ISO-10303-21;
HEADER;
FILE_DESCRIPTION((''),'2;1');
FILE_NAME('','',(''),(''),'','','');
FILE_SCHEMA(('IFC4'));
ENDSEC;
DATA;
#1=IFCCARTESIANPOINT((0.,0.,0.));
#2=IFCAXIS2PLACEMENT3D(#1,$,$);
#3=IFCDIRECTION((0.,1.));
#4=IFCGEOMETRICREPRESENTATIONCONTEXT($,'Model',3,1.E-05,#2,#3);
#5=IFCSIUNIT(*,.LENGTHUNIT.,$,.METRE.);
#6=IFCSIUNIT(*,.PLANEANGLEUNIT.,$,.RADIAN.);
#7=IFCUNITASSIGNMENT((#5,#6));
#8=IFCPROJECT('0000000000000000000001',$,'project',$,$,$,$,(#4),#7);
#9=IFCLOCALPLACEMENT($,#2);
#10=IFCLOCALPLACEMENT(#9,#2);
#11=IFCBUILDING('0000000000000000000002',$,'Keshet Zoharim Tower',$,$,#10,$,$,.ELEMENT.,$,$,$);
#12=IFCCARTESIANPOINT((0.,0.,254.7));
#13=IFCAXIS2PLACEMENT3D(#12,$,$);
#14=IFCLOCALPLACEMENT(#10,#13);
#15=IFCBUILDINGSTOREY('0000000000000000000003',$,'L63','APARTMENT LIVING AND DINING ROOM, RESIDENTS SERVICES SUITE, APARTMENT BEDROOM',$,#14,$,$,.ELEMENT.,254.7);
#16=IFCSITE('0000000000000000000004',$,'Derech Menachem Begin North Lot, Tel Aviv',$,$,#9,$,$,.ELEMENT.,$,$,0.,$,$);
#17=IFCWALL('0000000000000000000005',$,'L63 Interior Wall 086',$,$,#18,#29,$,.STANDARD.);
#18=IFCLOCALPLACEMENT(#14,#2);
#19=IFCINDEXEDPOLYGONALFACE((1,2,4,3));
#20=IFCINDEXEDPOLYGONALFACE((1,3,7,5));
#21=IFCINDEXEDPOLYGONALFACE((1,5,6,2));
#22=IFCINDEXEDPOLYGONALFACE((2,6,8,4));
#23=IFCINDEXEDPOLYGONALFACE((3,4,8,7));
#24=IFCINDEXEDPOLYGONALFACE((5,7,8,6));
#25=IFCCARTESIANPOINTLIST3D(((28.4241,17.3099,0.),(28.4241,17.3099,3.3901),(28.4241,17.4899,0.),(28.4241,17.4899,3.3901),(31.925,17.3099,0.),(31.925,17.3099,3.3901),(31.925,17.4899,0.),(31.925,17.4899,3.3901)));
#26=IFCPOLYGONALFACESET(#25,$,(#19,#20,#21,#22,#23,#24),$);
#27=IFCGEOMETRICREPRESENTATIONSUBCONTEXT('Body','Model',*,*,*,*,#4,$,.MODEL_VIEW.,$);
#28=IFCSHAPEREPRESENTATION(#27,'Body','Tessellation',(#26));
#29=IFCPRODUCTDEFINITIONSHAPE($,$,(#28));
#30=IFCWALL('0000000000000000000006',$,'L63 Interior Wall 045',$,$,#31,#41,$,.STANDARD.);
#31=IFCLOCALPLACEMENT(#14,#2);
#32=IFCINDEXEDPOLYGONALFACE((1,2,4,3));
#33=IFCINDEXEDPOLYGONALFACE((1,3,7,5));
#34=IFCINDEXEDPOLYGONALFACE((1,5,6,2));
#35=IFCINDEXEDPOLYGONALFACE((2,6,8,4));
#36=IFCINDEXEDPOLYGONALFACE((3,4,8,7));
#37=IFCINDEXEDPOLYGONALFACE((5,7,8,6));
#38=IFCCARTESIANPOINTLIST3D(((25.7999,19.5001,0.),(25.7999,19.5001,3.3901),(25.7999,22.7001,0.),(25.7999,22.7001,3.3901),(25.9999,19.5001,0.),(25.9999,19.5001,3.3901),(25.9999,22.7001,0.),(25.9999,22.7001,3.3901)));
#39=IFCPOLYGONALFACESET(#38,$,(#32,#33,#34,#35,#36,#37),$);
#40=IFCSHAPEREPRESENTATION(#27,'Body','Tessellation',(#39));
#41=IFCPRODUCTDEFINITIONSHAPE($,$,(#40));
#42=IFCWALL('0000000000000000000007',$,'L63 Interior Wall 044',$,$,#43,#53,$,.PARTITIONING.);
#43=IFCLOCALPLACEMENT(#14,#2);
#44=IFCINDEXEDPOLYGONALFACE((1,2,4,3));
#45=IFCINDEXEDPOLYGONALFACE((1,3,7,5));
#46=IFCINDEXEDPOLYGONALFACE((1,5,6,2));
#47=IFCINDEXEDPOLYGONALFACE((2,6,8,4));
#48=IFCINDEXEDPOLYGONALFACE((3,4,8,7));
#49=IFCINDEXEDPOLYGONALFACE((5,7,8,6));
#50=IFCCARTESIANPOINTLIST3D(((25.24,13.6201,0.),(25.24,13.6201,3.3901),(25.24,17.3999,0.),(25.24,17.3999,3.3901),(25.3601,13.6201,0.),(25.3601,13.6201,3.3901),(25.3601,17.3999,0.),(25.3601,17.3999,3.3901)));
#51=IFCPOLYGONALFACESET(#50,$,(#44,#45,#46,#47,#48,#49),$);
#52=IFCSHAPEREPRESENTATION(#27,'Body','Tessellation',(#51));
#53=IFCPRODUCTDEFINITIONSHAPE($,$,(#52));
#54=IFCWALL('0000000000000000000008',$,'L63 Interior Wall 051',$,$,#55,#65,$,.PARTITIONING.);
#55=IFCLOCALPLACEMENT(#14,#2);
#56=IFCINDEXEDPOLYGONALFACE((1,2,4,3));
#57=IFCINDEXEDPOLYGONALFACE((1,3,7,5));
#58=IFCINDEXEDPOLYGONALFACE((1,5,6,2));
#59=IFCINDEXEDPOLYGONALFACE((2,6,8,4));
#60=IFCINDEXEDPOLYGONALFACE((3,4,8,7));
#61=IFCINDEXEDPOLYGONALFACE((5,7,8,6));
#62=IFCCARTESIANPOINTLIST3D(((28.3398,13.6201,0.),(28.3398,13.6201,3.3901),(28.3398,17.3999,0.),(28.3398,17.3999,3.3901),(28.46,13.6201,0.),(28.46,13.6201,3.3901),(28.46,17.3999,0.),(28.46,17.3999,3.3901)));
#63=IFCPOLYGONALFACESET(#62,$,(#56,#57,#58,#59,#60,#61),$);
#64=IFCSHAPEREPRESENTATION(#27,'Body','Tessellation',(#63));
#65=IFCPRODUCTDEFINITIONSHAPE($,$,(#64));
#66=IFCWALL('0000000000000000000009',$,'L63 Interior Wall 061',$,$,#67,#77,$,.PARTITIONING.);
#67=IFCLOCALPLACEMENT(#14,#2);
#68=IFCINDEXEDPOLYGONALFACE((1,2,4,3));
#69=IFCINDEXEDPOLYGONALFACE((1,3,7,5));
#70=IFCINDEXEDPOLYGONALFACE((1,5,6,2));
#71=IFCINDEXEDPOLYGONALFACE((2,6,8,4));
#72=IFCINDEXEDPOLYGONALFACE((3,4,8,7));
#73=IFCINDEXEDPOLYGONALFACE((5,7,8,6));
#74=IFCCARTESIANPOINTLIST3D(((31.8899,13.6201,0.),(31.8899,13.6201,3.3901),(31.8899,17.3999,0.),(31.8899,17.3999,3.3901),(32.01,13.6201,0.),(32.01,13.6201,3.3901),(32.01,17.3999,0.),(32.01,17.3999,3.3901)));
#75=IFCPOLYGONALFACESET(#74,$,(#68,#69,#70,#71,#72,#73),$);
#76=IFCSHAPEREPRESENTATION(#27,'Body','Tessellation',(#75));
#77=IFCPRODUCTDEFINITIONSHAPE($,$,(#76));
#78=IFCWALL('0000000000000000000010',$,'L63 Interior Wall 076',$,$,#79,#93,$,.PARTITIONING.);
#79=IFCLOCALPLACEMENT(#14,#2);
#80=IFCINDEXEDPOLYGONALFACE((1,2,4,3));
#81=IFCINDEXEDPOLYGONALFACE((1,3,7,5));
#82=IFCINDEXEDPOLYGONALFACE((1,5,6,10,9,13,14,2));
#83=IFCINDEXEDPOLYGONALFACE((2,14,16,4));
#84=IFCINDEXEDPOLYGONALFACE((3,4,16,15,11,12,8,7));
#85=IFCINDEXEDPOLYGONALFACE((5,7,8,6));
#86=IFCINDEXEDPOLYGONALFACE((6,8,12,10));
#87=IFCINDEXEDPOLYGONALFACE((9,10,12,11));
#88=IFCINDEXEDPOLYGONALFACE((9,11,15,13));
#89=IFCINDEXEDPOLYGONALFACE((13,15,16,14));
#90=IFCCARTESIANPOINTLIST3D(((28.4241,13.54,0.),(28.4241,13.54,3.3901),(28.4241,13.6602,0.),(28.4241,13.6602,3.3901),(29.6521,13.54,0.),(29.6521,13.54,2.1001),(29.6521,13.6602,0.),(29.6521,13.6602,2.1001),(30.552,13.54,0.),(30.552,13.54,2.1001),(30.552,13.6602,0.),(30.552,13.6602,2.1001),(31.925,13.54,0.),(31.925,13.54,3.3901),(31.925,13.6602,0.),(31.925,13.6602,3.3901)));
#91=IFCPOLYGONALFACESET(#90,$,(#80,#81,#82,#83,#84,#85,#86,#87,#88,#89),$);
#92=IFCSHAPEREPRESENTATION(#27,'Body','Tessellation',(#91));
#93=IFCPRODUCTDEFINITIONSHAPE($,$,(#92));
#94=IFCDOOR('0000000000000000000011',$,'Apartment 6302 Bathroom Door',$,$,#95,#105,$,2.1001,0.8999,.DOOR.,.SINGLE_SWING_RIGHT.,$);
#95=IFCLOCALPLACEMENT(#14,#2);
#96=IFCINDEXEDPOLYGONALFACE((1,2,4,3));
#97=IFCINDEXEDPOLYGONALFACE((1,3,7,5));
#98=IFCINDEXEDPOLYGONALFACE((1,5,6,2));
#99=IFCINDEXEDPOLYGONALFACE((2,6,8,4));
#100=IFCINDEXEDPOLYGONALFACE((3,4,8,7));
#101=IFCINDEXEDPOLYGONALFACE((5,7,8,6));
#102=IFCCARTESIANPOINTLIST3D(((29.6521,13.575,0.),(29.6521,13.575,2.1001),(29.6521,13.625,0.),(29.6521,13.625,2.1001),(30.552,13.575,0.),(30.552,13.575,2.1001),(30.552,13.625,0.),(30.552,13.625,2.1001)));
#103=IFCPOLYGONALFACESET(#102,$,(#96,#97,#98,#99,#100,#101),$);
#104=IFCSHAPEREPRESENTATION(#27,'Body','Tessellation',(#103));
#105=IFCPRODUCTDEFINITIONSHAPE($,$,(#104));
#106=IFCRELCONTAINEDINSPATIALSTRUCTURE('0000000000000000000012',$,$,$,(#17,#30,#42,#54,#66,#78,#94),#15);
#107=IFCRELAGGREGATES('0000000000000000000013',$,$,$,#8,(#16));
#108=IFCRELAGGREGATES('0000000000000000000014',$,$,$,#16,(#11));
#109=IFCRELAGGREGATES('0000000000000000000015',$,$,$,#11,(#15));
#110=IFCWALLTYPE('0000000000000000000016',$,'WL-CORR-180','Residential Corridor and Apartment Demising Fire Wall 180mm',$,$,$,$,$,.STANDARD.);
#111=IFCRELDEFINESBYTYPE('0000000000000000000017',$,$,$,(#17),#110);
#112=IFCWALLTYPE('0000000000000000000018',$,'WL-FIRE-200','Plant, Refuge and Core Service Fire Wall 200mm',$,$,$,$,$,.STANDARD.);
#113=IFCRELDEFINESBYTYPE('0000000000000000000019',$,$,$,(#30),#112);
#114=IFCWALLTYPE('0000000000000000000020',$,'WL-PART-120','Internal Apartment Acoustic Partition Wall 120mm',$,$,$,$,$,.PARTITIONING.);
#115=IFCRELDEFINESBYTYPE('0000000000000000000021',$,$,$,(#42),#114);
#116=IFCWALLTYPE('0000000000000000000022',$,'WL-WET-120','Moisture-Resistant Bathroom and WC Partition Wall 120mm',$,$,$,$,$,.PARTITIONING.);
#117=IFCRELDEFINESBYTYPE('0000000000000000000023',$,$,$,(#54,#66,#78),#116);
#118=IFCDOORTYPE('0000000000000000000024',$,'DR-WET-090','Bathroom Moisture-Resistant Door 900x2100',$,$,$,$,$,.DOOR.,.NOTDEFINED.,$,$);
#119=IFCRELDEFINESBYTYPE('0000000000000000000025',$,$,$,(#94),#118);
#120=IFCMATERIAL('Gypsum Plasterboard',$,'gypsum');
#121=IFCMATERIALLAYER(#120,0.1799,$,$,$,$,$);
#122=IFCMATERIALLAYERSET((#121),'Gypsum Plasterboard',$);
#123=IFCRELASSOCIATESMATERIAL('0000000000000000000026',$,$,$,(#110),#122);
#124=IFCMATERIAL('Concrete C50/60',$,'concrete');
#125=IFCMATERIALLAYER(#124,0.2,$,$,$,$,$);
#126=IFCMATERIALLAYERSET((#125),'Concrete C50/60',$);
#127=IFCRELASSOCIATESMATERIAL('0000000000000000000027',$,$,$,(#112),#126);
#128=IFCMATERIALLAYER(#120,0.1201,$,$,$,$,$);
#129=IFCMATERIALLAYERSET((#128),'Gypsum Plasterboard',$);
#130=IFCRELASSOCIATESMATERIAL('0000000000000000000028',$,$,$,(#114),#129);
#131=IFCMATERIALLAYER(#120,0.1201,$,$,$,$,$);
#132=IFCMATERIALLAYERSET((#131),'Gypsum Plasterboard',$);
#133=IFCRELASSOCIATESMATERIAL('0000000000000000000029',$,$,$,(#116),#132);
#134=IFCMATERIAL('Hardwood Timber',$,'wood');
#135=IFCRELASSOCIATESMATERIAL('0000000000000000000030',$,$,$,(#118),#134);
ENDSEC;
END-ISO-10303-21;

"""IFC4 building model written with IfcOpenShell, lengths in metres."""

from ifc_helpers import new_model, si_unit, direction, frame, frame_2d, origin, place, context, subcontext, project, spatial, rectangle, extrude, material, layer, layer_set, type_object, element, fill, save


model = new_model("IFC4")

# Units and contexts
model_context = context("Model", 3, precision=1e-05, world=origin(), true_north=direction((0.0, 1.0)))
body_context = subcontext(model_context, "Body", "Model", "MODEL_VIEW")
ifc_project = project(units=[si_unit("LENGTHUNIT", "METRE"), si_unit("PLANEANGLEUNIT", "RADIAN")], contexts=[model_context])

# Site, building, storey
site_placement = place(None, origin())
site = spatial("IfcSite", under=ifc_project, at=site_placement, Name="Derech Menachem Begin North Lot, Tel Aviv", CompositionType="ELEMENT", RefElevation=0.0)
building_placement = place(site_placement, origin())
building = spatial("IfcBuilding", under=site, at=building_placement, Name="Keshet Zoharim Tower", CompositionType="ELEMENT")
storey_placement = place(building_placement, frame((0.0, 0.0, 254.7)))
storey = spatial("IfcBuildingStorey", under=building, at=storey_placement, Name="L63", Description="APARTMENT LIVING AND DINING ROOM, RESIDENTS SERVICES SUITE, APARTMENT BEDROOM", CompositionType="ELEMENT", Elevation=254.7)

# Shared definitions
ifc_material_1 = material(Name="Gypsum Plasterboard", Category="gypsum")

# Shared definitions
ifc_material_2 = material(Name="Hardwood Timber", Category="wood")

# Wall
ifc_layer_1 = layer(ifc_material_1, 0.1799)
ifc_layer_set_1 = layer_set([ifc_layer_1], Name="Gypsum Plasterboard")
wall_type_1 = type_object("IfcWallType", Name="WL-CORR-180", Description="Residential Corridor and Apartment Demising Fire Wall 180mm", PredefinedType="STANDARD", material=ifc_layer_set_1)
wall_1_placement = place(storey_placement, frame((28.4241, 17.3999, 0.0), z_axis=(0.0, 0.0, 1.0), x_axis=(1.0, 0.0, 0.0)))
element("IfcWall", 1, at=wall_1_placement, inside=storey, type_object=wall_type_1, Name="L63 Interior Wall 086", PredefinedType="STANDARD", context=body_context, shape_type="SweptSolid", body=[
    extrude(rectangle(XDim=3.501, YDim=0.1799, at=frame_2d((1.7505, 0.0))), origin(), (0.0, 0.0, 1.0), 3.3901),
])

# Wall
ifc_material_3 = material(Name="Concrete C50/60", Category="concrete")
ifc_layer_2 = layer(ifc_material_3, 0.2)
ifc_layer_set_2 = layer_set([ifc_layer_2], Name="Concrete C50/60")
wall_type_2 = type_object("IfcWallType", Name="WL-FIRE-200", Description="Plant, Refuge and Core Service Fire Wall 200mm", PredefinedType="STANDARD", material=ifc_layer_set_2)
wall_2_placement = place(storey_placement, frame((25.8999, 19.5, 0.0), z_axis=(0.0, 0.0, 1.0), x_axis=(0.0, 1.0, 0.0)))
element("IfcWall", 2, at=wall_2_placement, inside=storey, type_object=wall_type_2, Name="L63 Interior Wall 045", PredefinedType="STANDARD", context=body_context, shape_type="SweptSolid", body=[
    extrude(rectangle(XDim=3.2, YDim=0.2, at=frame_2d((1.6001, 0.0))), origin(), (0.0, 0.0, 1.0), 3.3901),
])

# Walls
ifc_layer_3 = layer(ifc_material_1, 0.1201)
ifc_layer_set_3 = layer_set([ifc_layer_3], Name="Gypsum Plasterboard")
wall_type_3 = type_object("IfcWallType", Name="WL-PART-120", Description="Internal Apartment Acoustic Partition Wall 120mm", PredefinedType="PARTITIONING", material=ifc_layer_set_3)
wall_3_placement = place(storey_placement, frame((25.3, 13.6201, 0.0), z_axis=(0.0, 0.0, 1.0), x_axis=(0.0, 1.0, 0.0)))
element("IfcWall", 3, at=wall_3_placement, inside=storey, type_object=wall_type_3, Name="L63 Interior Wall 044", PredefinedType="PARTITIONING", context=body_context, shape_type="SweptSolid", body=[
    extrude(rectangle(XDim=3.7798, YDim=0.1201, at=frame_2d((1.8899, 0.0))), origin(), (0.0, 0.0, 1.0), 3.3901),
])
ifc_layer_4 = layer(ifc_material_1, 0.1201)
ifc_layer_set_4 = layer_set([ifc_layer_4], Name="Gypsum Plasterboard")
wall_type_4 = type_object("IfcWallType", Name="WL-WET-120", Description="Moisture-Resistant Bathroom and WC Partition Wall 120mm", PredefinedType="PARTITIONING", material=ifc_layer_set_4)
for number, where, z_axis, x_axis, name in (
    (4, (28.3999, 13.6201, 0.0), (0.0, 0.0, 1.0), (0.0, 1.0, 0.0), "L63 Interior Wall 051"),
    (5, (31.95, 13.6201, 0.0), (0.0, 0.0, 1.0), (0.0, 1.0, 0.0), "L63 Interior Wall 061"),
):
    element("IfcWall", number, at=place(storey_placement, frame(where, z_axis=z_axis, x_axis=x_axis)), inside=storey, type_object=wall_type_4, Name=name, PredefinedType="PARTITIONING", context=body_context, shape_type="SweptSolid", body=[
        extrude(rectangle(XDim=3.7798, YDim=0.1201, at=frame_2d((1.8899, 0.0))), origin(), (0.0, 0.0, 1.0), 3.3901),
    ])

# Wall, opening, door
wall_4_placement = place(storey_placement, frame((28.4241, 13.6001, 0.0), z_axis=(0.0, 0.0, 1.0), x_axis=(1.0, 0.0, 0.0)))
wall_4 = element("IfcWall", 6, at=wall_4_placement, inside=storey, type_object=wall_type_4, Name="L63 Interior Wall 076", PredefinedType="PARTITIONING", context=body_context, shape_type="SweptSolid", body=[
    extrude(rectangle(XDim=3.501, YDim=0.1201, at=frame_2d((1.7505, 0.0))), origin(), (0.0, 0.0, 1.0), 3.3901),
])
opening_1_placement = place(wall_4_placement, frame((1.228, 0.0, 0.0)))
opening_1 = element("IfcOpeningElement", 7, at=opening_1_placement, cuts=wall_4, PredefinedType="OPENING", context=body_context, shape_type="SweptSolid", body=[
    extrude(rectangle(XDim=0.8999, YDim=2.1001, at=frame_2d((0.45, 1.05))), frame((0.0, 0.0701, 0.0), z_axis=(0.0, -1.0, 0.0), x_axis=(1.0, 0.0, 0.0)), (0.0, 0.0, 1.0), 0.1401),
])
door_type_1 = type_object("IfcDoorType", Name="DR-WET-090", Description="Bathroom Moisture-Resistant Door 900x2100", OperationType="NOTDEFINED", PredefinedType="DOOR", material=ifc_material_2)
door_1_placement = place(opening_1_placement, origin())
door_1 = element("IfcDoor", 8, at=door_1_placement, inside=storey, type_object=door_type_1, Name="Apartment 6302 Bathroom Door", OperationType="SINGLE_SWING_RIGHT", OverallHeight=2.1001, OverallWidth=0.8999, PredefinedType="DOOR", context=body_context, shape_type="SweptSolid", body=[
    extrude(rectangle(XDim=0.8999, YDim=2.1001, at=frame_2d((0.45, 1.05))), frame((0.0, 0.0249, 0.0), z_axis=(0.0, -1.0, 0.0), x_axis=(1.0, 0.0, 0.0)), (0.0, 0.0, 1.0), 0.05),
])
fill(opening_1, door_1)

save(model, "model.ifc")
